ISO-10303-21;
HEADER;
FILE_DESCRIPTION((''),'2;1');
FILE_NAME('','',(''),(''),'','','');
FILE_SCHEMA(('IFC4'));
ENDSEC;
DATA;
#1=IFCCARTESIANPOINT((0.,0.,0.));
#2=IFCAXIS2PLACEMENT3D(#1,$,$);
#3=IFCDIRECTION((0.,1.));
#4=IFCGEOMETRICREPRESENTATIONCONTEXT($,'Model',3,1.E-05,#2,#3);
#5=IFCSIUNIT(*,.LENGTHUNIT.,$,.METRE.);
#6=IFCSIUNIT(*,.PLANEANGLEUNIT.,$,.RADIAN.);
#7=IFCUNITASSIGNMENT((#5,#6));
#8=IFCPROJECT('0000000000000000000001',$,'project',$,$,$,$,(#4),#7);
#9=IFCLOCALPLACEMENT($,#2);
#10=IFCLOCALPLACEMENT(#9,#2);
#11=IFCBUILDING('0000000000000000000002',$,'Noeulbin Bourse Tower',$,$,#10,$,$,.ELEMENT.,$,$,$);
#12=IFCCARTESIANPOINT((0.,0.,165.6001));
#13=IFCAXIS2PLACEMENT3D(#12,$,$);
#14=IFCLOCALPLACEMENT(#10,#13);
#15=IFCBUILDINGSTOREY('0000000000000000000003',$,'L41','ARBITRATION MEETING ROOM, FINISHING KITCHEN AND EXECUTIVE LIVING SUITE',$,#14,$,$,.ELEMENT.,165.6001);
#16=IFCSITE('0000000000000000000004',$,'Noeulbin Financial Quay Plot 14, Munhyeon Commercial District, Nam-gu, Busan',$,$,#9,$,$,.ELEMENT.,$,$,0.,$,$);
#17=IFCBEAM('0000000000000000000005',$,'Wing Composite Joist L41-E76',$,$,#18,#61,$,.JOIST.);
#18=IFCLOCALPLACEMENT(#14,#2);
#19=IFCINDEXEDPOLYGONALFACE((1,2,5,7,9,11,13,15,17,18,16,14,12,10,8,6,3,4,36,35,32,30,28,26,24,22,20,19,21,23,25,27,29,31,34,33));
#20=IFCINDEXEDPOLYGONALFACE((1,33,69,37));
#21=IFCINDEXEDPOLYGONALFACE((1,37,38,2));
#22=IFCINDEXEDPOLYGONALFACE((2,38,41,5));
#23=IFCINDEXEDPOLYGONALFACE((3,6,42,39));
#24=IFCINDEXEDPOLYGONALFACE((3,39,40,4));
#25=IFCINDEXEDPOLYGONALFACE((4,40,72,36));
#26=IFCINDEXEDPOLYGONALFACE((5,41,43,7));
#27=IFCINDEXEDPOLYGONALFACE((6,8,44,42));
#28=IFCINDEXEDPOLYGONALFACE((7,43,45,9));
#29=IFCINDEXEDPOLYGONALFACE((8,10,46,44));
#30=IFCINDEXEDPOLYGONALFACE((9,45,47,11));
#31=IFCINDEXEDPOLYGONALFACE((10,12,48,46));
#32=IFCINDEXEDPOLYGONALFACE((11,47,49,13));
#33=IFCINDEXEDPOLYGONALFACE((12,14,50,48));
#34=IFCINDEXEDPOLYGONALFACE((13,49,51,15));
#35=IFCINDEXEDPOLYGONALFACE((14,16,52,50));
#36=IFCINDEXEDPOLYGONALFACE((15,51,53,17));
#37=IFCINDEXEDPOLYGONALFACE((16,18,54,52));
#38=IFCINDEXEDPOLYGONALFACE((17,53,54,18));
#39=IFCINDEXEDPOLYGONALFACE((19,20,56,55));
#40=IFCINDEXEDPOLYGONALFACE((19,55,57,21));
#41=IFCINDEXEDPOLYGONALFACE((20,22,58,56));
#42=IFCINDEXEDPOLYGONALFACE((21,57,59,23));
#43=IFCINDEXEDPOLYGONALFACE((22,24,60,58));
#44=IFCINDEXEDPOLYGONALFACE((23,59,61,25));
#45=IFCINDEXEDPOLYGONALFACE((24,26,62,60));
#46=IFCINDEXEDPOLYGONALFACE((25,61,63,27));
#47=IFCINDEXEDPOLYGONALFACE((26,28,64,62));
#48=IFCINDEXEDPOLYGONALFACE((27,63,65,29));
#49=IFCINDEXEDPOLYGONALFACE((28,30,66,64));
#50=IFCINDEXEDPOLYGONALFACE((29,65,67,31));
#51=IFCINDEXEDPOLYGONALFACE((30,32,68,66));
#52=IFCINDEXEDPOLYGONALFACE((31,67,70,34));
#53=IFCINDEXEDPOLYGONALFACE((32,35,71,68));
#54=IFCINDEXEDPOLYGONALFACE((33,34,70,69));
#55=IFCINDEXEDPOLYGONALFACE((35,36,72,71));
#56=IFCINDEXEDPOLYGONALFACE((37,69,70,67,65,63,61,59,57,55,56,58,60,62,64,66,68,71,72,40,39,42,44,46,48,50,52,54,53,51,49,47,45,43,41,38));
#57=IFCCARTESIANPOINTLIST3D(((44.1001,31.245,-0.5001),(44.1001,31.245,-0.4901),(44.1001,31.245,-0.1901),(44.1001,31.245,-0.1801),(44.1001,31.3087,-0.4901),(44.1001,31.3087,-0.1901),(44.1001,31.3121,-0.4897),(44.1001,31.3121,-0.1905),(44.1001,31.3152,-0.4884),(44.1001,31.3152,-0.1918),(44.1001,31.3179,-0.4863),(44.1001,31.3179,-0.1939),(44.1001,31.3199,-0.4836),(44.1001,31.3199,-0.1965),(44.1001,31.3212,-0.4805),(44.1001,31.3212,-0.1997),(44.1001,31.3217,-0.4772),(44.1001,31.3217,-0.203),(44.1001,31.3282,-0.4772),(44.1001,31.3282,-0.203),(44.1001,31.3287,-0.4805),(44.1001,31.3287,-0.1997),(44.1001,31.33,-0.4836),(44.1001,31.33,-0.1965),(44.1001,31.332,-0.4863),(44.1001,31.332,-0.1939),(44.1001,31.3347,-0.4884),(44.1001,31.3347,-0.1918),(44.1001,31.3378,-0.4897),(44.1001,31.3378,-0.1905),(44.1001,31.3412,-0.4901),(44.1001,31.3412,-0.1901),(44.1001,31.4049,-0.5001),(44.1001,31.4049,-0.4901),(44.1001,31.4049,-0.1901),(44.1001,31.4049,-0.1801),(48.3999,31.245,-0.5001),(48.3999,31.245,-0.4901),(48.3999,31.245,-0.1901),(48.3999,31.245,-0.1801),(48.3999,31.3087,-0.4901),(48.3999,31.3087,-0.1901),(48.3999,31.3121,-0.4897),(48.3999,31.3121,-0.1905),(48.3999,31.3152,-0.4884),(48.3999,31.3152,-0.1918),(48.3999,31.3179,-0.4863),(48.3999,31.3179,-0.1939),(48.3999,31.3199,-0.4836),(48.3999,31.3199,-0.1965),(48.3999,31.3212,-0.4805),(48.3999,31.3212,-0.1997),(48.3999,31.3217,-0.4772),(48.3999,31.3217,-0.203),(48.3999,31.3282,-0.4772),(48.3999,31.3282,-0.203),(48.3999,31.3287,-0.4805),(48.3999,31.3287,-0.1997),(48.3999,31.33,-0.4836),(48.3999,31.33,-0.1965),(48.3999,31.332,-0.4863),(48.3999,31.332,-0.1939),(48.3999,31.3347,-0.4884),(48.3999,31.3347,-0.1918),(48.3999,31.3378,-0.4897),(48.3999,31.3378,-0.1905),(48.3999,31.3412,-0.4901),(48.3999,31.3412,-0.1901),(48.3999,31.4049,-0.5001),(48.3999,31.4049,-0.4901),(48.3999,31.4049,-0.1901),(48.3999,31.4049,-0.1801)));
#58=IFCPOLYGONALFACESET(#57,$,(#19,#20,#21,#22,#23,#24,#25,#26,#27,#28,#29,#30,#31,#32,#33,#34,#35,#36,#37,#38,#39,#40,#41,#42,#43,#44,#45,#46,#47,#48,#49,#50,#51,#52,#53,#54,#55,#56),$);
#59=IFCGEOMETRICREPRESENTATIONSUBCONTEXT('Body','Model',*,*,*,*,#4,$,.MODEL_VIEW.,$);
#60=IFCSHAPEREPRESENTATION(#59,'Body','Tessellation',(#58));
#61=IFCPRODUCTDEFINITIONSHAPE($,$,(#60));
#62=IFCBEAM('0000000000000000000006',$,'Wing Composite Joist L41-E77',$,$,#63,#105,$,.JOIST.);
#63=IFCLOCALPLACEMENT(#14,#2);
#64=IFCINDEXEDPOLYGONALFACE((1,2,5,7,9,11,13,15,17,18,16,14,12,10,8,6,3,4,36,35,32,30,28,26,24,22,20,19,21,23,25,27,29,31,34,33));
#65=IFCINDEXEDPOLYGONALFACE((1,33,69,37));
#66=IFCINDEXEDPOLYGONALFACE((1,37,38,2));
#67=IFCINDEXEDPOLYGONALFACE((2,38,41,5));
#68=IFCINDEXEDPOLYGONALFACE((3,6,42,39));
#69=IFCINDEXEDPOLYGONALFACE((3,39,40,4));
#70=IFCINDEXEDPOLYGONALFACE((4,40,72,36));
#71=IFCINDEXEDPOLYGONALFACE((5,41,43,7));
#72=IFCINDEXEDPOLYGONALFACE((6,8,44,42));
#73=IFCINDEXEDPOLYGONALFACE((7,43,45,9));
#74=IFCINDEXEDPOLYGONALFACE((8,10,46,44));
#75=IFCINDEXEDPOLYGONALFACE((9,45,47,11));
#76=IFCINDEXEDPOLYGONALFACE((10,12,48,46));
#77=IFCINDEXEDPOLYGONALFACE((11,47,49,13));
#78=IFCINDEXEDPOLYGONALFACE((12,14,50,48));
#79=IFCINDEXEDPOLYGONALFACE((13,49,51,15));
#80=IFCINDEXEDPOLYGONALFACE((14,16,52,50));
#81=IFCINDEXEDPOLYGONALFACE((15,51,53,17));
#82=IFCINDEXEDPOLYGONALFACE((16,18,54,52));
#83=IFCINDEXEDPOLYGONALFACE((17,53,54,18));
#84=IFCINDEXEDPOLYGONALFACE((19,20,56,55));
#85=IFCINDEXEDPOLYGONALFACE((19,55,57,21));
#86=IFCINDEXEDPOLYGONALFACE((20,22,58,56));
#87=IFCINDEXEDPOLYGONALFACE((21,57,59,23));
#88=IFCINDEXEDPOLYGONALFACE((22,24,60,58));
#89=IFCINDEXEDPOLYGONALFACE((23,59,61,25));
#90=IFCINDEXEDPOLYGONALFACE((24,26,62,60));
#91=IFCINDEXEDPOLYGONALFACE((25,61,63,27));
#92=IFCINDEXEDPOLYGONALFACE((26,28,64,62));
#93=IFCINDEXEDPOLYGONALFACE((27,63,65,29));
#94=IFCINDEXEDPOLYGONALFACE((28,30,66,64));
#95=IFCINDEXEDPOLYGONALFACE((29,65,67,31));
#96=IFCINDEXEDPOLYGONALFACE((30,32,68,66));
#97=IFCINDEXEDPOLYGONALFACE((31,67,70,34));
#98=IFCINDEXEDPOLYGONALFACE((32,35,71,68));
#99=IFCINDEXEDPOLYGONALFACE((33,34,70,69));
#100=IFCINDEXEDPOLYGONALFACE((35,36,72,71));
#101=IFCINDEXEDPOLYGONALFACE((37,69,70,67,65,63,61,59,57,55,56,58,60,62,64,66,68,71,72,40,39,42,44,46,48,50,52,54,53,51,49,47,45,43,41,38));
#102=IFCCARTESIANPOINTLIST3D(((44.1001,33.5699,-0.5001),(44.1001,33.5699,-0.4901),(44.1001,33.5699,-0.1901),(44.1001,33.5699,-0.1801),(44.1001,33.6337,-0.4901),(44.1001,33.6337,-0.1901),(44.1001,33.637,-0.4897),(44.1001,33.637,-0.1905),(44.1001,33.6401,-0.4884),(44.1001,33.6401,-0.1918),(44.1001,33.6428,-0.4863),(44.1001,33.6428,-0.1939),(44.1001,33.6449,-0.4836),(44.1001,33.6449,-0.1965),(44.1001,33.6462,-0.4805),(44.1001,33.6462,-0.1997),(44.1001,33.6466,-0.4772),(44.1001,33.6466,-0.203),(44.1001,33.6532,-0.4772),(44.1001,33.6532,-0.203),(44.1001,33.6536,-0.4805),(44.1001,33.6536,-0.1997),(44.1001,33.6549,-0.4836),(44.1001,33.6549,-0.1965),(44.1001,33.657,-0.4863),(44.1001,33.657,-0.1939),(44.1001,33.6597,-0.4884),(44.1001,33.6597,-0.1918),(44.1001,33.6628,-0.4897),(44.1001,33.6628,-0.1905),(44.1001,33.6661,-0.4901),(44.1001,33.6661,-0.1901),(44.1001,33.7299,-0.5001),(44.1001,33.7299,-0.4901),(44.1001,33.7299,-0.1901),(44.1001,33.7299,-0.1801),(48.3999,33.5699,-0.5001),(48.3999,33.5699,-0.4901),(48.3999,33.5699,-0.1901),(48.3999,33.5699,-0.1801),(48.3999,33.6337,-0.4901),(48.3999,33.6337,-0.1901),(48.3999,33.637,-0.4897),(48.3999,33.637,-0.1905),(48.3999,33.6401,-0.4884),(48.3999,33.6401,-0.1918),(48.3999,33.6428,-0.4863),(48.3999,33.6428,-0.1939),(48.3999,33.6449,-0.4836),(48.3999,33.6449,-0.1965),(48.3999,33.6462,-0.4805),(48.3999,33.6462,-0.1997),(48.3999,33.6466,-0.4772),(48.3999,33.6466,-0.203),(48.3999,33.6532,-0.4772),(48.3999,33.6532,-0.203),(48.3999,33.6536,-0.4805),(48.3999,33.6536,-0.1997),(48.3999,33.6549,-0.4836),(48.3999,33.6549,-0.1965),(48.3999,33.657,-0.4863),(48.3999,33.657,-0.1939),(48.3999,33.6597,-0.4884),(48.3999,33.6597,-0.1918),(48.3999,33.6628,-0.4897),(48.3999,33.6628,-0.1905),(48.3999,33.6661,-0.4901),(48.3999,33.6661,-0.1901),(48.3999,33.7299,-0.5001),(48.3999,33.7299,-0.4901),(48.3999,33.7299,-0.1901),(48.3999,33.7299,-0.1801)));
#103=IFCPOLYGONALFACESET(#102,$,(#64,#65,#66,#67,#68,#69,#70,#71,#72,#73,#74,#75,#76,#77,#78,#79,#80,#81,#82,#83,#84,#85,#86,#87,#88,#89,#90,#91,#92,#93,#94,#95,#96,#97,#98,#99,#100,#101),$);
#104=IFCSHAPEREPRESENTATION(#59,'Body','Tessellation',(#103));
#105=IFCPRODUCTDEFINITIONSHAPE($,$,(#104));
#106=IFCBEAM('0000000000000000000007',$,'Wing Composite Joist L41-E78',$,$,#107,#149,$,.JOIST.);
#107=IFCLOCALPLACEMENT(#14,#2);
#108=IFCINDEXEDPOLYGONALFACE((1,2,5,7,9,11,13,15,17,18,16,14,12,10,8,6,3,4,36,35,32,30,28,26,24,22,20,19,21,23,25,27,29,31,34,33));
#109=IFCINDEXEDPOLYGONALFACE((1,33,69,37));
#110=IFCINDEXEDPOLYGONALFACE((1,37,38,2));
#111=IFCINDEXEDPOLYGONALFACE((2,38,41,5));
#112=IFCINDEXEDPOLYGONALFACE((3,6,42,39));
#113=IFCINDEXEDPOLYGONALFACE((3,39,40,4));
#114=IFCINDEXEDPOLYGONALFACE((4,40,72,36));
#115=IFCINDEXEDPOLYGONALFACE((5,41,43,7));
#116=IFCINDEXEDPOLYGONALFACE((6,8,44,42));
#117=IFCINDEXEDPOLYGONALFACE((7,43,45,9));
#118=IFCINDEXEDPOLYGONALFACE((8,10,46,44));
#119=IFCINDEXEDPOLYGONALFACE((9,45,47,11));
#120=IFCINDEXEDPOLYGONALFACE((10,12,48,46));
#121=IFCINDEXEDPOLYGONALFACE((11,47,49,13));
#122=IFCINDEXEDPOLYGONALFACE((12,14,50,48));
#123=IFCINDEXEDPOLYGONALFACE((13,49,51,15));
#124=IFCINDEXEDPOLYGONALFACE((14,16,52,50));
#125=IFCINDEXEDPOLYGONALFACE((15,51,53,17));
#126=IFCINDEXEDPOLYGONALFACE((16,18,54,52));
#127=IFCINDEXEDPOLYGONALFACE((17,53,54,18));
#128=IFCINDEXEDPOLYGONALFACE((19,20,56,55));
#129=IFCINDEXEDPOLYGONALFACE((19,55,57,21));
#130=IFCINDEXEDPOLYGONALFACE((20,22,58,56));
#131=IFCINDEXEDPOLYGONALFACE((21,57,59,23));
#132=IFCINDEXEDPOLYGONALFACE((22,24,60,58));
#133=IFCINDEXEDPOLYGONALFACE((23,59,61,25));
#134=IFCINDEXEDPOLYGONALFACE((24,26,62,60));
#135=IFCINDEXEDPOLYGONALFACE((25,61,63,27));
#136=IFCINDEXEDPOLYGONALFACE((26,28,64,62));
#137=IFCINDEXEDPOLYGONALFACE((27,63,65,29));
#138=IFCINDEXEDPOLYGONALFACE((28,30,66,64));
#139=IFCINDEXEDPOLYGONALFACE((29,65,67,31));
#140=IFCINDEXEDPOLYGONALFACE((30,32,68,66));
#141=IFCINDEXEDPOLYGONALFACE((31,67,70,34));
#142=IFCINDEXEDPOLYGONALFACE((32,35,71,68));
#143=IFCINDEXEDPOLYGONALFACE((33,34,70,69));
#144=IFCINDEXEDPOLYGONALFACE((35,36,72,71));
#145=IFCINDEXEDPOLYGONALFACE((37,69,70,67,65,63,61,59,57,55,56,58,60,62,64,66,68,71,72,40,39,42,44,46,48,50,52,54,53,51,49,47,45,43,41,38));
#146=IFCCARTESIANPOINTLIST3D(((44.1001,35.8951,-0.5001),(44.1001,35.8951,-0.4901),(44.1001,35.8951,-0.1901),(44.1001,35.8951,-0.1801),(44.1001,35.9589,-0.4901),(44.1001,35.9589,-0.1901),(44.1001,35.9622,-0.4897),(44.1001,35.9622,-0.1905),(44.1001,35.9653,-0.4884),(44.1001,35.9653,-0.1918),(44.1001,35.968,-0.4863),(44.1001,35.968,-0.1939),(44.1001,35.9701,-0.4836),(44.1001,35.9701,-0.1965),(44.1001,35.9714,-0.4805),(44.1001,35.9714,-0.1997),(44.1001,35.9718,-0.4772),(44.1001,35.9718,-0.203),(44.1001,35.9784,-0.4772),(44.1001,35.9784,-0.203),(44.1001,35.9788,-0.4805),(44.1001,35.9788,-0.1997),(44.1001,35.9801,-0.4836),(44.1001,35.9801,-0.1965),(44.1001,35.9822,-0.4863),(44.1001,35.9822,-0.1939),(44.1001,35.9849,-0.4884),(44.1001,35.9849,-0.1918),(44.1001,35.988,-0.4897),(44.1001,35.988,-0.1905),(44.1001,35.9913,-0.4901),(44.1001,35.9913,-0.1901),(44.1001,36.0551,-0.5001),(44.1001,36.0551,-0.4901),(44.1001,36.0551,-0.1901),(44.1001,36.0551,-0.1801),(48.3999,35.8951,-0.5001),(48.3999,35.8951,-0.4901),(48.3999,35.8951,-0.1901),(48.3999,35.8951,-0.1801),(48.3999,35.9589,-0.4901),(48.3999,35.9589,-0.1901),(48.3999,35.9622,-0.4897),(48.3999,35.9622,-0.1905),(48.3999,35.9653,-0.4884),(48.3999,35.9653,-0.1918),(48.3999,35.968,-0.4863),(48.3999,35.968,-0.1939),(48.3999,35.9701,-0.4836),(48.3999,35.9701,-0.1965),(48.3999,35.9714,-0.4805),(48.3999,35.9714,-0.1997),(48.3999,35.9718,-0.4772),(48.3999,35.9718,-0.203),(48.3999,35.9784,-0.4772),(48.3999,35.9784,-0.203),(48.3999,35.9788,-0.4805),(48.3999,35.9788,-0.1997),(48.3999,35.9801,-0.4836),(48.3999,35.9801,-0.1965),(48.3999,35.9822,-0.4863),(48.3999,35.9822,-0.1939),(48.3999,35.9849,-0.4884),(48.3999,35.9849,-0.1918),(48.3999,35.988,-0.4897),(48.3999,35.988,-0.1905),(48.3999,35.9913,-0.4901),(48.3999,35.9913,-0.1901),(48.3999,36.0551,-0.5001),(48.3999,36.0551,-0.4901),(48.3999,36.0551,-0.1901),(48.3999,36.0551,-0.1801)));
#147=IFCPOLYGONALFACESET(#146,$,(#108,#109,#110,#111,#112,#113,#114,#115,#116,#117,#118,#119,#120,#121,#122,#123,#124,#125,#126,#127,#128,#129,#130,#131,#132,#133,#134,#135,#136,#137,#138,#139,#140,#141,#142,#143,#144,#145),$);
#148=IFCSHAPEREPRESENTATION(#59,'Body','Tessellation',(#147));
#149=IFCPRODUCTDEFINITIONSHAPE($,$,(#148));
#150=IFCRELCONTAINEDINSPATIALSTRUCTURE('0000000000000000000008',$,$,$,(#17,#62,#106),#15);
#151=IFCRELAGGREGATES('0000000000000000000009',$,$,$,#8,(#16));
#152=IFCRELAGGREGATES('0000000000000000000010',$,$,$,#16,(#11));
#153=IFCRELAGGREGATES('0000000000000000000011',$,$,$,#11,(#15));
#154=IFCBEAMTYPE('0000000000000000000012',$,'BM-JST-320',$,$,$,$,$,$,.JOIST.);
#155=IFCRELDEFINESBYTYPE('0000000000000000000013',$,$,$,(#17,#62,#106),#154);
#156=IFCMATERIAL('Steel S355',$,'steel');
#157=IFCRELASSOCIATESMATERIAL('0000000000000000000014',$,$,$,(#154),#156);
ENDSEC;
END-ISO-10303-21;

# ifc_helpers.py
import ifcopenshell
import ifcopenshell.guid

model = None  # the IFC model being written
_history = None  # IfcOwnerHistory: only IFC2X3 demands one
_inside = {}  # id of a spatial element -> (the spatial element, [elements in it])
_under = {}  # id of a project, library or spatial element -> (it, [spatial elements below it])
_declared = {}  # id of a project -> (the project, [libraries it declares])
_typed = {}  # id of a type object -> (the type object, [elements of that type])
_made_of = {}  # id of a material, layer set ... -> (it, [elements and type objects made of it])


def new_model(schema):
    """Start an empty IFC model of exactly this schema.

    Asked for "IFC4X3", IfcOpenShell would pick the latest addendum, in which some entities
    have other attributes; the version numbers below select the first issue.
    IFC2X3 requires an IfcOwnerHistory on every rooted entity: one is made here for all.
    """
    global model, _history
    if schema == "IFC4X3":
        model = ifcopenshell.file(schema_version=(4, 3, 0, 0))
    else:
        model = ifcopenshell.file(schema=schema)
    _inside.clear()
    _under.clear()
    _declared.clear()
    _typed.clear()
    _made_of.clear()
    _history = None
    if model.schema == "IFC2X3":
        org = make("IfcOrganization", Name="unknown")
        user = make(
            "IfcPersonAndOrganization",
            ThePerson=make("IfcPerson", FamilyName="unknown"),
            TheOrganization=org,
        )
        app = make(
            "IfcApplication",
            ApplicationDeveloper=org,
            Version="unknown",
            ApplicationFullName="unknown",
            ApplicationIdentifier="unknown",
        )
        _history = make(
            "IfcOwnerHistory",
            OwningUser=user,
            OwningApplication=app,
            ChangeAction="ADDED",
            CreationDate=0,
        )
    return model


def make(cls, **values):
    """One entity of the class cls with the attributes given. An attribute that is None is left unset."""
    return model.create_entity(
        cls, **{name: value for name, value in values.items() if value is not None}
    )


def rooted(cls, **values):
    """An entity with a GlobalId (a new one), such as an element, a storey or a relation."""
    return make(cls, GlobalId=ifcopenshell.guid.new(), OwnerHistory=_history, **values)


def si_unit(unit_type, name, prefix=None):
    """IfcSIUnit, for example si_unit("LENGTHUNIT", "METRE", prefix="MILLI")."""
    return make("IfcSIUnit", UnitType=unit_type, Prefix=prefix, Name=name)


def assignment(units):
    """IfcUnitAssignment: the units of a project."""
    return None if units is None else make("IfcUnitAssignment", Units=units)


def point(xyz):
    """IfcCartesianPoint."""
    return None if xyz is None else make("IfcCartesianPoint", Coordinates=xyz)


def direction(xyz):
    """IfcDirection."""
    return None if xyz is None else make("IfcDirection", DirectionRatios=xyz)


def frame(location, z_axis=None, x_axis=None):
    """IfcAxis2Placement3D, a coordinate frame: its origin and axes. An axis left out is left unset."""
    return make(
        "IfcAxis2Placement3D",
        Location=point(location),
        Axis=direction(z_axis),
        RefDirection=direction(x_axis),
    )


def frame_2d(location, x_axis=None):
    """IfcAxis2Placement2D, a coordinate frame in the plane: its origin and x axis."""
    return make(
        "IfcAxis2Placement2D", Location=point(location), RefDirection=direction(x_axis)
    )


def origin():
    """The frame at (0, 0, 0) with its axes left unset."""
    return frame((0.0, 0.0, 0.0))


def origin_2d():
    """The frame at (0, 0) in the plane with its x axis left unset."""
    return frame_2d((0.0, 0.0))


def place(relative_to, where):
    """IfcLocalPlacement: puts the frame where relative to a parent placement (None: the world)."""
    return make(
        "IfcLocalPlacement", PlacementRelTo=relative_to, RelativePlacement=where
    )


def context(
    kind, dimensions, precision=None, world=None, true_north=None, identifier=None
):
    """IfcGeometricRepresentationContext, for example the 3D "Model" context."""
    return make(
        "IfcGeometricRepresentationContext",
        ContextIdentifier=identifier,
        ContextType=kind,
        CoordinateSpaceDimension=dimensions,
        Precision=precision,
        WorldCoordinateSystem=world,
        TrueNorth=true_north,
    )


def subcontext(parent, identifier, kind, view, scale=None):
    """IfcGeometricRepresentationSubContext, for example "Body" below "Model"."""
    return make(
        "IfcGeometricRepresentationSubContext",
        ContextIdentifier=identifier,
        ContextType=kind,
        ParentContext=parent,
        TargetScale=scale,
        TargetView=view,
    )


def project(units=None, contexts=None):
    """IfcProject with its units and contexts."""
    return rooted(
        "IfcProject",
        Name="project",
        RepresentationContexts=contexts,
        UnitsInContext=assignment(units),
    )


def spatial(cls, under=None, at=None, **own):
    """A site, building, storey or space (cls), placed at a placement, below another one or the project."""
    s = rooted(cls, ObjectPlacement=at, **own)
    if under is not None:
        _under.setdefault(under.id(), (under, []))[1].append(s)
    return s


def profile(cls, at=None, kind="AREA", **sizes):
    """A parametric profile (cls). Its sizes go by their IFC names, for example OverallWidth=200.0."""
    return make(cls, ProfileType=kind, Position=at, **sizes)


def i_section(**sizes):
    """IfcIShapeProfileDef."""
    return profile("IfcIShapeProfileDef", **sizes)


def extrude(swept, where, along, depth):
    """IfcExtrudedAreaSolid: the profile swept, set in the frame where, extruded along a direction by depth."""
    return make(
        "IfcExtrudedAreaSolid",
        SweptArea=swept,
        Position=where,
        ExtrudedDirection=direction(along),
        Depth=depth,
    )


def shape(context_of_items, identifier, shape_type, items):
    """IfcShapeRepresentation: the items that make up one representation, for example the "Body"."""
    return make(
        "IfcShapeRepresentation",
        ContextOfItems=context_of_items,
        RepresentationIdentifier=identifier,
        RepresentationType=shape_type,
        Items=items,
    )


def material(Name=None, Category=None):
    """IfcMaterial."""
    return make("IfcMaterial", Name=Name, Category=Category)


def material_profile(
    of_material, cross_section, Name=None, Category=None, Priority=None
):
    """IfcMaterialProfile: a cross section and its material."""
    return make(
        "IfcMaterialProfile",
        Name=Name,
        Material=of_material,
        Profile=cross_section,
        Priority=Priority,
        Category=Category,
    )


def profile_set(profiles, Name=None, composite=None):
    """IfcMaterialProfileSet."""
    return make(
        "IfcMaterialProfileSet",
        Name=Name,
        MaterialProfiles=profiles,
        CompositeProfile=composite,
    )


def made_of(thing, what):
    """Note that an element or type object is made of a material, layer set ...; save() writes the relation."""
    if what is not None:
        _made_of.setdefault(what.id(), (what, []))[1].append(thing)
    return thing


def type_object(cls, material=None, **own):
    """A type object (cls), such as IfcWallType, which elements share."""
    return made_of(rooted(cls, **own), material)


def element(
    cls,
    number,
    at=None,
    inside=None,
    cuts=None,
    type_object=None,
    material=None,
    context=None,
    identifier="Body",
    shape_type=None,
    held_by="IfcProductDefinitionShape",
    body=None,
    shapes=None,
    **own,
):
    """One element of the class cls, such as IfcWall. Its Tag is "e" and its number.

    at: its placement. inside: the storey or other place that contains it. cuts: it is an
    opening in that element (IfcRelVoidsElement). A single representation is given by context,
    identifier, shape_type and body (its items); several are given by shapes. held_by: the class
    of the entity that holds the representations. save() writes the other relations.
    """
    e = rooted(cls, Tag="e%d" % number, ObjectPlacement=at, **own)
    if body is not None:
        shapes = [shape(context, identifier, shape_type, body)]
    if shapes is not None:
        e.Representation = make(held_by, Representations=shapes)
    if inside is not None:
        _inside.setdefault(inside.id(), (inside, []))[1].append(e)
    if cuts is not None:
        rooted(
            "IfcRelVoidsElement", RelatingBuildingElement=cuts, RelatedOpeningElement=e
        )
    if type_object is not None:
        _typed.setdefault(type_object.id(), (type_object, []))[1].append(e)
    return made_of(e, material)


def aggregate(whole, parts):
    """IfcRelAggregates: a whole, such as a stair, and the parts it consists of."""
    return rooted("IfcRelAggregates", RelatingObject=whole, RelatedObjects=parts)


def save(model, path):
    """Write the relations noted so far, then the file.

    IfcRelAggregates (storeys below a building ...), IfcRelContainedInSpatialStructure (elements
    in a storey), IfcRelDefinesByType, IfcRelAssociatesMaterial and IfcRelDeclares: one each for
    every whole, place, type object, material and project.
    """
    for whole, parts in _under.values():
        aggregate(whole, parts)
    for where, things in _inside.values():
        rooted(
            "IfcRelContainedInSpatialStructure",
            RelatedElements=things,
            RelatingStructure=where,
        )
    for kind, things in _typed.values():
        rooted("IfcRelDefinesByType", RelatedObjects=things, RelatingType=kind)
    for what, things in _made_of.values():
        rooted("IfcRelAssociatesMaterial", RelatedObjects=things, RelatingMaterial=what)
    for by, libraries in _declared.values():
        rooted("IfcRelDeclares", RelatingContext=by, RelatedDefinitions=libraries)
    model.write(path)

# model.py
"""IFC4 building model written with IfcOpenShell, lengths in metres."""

from ifc_helpers import new_model, si_unit, direction, frame, origin, origin_2d, place, context, subcontext, project, spatial, i_section, extrude, material, material_profile, profile_set, type_object, element, save


model = new_model("IFC4")

# Units and contexts
model_context = context("Model", 3, precision=1e-05, world=origin(), true_north=direction((0.0, 1.0)))
body_context = subcontext(model_context, "Body", "Model", "MODEL_VIEW")
ifc_project = project(units=[si_unit("LENGTHUNIT", "METRE"), si_unit("PLANEANGLEUNIT", "RADIAN")], contexts=[model_context])

# Site, building, storey
site_placement = place(None, origin())
site = spatial("IfcSite", under=ifc_project, at=site_placement, Name="Noeulbin Financial Quay Plot 14, Munhyeon Commercial District, Nam-gu, Busan", CompositionType="ELEMENT", RefElevation=0.0)
building_placement = place(site_placement, origin())
building = spatial("IfcBuilding", under=site, at=building_placement, Name="Noeulbin Bourse Tower", CompositionType="ELEMENT")
storey_placement = place(building_placement, frame((0.0, 0.0, 165.6001)))
storey = spatial("IfcBuildingStorey", under=building, at=storey_placement, Name="L41", Description="ARBITRATION MEETING ROOM, FINISHING KITCHEN AND EXECUTIVE LIVING SUITE", CompositionType="ELEMENT", Elevation=165.6001)

# Shared definitions
ifc_material_1 = material(Name="Steel S355", Category="steel")

# Beams
ifc_material_profile_1 = material_profile(ifc_material_1, i_section(OverallWidth=0.1599, OverallDepth=0.3201, WebThickness=0.0066, FlangeThickness=0.01, FilletRadius=0.0129, at=origin_2d()), Name="H-320x160x6.5x10", Category="LoadBearing")
ifc_profile_set_1 = profile_set([ifc_material_profile_1], Name="Steel S355")
beam_type_1 = type_object("IfcBeamType", Name="BM-JST-320", PredefinedType="JOIST", material=ifc_profile_set_1)
for number, where, z_axis, x_axis, name in (
    (1, (44.1001, 31.325, -0.3401), (1.0, 0.0, 0.0), (0.0, 1.0, 0.0), "Wing Composite Joist L41-E76"),
    (2, (44.1001, 33.6499, -0.3401), (1.0, 0.0, 0.0), (0.0, 1.0, 0.0), "Wing Composite Joist L41-E77"),
    (3, (44.1001, 35.9751, -0.3401), (1.0, 0.0, 0.0), (0.0, 1.0, 0.0), "Wing Composite Joist L41-E78"),
):
    element("IfcBeam", number, at=place(storey_placement, frame(where, z_axis=z_axis, x_axis=x_axis)), inside=storey, type_object=beam_type_1, Name=name, PredefinedType="JOIST", context=body_context, shape_type="SweptSolid", body=[
        extrude(i_section(OverallWidth=0.1599, OverallDepth=0.3201, WebThickness=0.0066, FlangeThickness=0.01, FilletRadius=0.0129, at=origin_2d()), origin(), (0.0, 0.0, 1.0), 4.2998),
    ])

save(model, "model.ifc")
